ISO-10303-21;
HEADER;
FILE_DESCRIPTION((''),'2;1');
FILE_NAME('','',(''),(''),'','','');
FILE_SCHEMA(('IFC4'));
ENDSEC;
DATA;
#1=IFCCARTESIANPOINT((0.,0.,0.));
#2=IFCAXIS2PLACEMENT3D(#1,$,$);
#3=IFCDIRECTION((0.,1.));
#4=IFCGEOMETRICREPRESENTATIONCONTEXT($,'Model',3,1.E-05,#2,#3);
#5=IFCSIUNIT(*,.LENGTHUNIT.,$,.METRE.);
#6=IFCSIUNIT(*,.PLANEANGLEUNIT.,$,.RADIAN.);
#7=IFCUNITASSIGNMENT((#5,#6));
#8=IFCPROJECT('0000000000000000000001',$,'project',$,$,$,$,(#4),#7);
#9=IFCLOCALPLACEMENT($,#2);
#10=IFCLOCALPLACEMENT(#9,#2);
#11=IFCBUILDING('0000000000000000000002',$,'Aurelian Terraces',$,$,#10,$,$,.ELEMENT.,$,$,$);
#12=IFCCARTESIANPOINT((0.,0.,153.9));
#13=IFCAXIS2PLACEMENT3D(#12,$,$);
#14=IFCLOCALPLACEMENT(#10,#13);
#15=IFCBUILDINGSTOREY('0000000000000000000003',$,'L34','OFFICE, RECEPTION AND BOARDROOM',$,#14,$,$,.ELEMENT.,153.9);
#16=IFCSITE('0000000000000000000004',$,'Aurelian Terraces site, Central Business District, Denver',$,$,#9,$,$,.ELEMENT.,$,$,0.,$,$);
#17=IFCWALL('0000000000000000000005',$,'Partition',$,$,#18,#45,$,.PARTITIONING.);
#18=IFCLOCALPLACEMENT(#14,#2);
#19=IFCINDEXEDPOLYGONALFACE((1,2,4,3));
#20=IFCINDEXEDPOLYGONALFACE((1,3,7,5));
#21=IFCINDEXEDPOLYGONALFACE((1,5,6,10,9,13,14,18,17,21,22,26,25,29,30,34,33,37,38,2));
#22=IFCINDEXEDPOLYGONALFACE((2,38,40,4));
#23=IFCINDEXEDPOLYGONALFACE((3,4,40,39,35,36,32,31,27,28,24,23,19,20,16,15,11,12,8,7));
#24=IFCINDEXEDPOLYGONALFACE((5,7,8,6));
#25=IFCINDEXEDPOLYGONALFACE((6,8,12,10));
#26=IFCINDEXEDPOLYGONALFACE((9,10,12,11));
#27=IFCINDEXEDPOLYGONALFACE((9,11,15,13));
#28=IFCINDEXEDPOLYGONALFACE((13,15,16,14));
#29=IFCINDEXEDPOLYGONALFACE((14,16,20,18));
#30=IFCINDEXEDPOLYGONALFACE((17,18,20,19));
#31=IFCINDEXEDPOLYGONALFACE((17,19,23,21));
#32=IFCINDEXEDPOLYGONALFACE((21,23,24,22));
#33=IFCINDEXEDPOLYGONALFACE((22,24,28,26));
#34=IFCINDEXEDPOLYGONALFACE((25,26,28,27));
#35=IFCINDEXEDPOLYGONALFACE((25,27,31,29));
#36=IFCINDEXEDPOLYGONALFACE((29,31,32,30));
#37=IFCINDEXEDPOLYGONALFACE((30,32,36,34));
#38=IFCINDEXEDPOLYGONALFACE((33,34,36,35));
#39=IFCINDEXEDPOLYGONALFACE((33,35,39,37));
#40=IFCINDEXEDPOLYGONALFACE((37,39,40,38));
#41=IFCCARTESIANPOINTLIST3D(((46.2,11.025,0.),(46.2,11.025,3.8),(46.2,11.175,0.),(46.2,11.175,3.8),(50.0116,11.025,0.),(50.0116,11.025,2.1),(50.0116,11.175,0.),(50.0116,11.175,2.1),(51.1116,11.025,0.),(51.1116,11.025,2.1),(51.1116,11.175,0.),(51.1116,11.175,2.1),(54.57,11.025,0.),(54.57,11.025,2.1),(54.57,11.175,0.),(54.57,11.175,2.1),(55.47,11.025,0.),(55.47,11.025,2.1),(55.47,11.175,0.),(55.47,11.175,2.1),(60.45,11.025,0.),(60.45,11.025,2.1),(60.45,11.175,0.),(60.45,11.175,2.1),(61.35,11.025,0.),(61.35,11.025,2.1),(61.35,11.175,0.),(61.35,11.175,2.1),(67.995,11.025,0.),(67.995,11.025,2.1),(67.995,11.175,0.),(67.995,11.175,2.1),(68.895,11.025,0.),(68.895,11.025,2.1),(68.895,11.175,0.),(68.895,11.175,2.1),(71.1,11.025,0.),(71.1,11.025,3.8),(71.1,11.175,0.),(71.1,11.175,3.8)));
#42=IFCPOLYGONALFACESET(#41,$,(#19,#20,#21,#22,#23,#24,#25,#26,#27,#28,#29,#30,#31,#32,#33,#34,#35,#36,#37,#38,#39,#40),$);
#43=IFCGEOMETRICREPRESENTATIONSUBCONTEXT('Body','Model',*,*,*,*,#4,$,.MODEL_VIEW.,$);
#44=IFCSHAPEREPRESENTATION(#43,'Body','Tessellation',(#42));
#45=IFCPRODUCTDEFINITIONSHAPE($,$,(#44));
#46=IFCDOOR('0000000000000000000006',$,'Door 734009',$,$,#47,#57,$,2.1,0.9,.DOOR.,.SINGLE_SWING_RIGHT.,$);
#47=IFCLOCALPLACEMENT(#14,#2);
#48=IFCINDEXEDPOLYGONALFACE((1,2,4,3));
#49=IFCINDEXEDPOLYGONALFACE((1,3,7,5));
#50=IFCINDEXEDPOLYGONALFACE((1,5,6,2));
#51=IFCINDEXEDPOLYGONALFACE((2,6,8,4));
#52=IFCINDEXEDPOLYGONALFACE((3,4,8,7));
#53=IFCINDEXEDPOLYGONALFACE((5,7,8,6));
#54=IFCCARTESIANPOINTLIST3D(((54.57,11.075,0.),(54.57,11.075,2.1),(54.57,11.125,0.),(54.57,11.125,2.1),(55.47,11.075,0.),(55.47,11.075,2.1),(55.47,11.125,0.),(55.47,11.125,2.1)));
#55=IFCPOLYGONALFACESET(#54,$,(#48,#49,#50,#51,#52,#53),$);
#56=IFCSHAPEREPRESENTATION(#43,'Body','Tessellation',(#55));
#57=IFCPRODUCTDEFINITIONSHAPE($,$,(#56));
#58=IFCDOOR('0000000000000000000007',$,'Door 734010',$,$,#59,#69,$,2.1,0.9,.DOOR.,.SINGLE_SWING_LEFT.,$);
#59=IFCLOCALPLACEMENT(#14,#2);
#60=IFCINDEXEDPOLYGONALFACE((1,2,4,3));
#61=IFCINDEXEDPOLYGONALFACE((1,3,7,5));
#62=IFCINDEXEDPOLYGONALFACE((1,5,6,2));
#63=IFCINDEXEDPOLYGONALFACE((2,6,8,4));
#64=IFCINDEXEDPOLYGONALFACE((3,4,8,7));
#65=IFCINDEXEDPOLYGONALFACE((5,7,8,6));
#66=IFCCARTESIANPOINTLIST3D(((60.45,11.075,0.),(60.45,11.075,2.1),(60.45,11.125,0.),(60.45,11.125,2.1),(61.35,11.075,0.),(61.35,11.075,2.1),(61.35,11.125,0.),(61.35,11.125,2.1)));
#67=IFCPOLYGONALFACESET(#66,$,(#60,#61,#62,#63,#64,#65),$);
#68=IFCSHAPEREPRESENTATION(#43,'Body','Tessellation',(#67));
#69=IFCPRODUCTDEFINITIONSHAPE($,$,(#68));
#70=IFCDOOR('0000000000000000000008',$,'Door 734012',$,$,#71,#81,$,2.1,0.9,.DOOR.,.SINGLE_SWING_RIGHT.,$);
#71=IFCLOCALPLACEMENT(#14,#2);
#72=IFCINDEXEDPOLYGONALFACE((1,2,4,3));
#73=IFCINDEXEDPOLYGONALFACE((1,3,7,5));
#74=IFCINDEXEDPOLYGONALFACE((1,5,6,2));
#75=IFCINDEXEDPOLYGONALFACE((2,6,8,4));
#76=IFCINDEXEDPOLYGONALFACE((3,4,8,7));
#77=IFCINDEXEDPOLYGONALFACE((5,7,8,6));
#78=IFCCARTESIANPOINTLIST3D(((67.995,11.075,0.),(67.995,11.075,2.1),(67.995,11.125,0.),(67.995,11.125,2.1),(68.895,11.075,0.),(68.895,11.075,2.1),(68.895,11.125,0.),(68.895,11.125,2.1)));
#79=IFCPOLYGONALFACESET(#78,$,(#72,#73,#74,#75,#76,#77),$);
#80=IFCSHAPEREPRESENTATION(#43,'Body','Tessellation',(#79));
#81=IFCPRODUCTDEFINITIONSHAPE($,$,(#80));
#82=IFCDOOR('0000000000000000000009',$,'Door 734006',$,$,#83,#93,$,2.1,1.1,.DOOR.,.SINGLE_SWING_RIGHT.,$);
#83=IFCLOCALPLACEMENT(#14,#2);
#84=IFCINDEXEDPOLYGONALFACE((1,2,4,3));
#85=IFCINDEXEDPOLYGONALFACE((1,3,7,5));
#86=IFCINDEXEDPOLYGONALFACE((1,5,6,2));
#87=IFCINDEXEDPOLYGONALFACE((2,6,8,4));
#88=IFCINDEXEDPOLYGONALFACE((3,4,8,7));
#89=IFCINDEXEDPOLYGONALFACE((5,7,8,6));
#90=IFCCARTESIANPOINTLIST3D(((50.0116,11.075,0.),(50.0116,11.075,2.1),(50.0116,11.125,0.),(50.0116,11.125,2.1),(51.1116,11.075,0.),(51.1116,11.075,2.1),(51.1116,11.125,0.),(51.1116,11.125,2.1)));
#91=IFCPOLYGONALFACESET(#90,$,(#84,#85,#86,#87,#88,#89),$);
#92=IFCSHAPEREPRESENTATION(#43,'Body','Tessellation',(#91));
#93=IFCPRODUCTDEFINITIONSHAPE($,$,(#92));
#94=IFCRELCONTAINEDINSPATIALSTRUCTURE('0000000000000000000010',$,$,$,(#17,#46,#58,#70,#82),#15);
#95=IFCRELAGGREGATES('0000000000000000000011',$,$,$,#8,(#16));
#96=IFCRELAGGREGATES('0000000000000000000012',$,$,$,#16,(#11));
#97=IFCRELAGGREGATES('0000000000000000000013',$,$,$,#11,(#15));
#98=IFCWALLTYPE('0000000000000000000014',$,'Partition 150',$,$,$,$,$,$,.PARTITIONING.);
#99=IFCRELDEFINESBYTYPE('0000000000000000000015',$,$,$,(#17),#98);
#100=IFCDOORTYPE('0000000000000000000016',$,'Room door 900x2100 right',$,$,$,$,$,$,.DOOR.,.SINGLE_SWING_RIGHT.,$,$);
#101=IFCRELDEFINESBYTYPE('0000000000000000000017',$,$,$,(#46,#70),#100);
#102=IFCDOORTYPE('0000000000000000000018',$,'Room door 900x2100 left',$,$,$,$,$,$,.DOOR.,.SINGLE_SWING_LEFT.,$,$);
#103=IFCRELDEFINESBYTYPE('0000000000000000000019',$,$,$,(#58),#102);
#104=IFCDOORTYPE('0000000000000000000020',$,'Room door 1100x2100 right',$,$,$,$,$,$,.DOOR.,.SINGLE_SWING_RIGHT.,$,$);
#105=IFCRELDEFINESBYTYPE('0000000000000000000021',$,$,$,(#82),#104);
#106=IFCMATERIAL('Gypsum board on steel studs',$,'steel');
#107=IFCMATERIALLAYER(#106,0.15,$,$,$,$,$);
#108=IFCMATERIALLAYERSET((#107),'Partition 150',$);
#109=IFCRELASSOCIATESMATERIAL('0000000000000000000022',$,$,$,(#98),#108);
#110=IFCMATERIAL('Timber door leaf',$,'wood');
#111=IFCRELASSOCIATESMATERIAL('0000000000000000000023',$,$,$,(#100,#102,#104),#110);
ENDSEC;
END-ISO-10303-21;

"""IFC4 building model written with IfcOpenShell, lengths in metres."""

from ifc_helpers import new_model, si_unit, direction, frame, frame_2d, origin, place, context, subcontext, project, spatial, rectangle, extrude, source, transform, mapped, material, layer, layer_set, type_object, element, fill, save


model = new_model("IFC4")

# Units and contexts
model_context = context("Model", 3, precision=1e-05, world=origin(), true_north=direction((0.0, 1.0)))
body_context = subcontext(model_context, "Body", "Model", "MODEL_VIEW")
ifc_project = project(units=[si_unit("LENGTHUNIT", "METRE"), si_unit("PLANEANGLEUNIT", "RADIAN")], contexts=[model_context])

# Site, building, storey
site_placement = place(None, origin())
site = spatial("IfcSite", under=ifc_project, at=site_placement, Name="Aurelian Terraces site, Central Business District, Denver", CompositionType="ELEMENT", RefElevation=0.0)
building_placement = place(site_placement, origin())
building = spatial("IfcBuilding", under=site, at=building_placement, Name="Aurelian Terraces", CompositionType="ELEMENT")
storey_placement = place(building_placement, frame((0.0, 0.0, 153.9)))
storey = spatial("IfcBuildingStorey", under=building, at=storey_placement, Name="L34", Description="OFFICE, RECEPTION AND BOARDROOM", CompositionType="ELEMENT", Elevation=153.9)

# Shared definitions
ifc_material_1 = material(Name="Gypsum board on steel studs", Category="steel")
ifc_layer_1 = layer(ifc_material_1, 0.15)
ifc_layer_set_1 = layer_set([ifc_layer_1], Name="Partition 150")
wall_type_1 = type_object("IfcWallType", Name="Partition 150", PredefinedType="PARTITIONING", material=ifc_layer_set_1)

# Wall, openings, doors
shared_shape_1 = source(origin(), body_context, "Body", "SweptSolid", [
    extrude(rectangle(XDim=24.9, YDim=0.15, at=frame_2d((12.45, 0.0))), origin(), (0.0, 0.0, 1.0), 3.8),
])
wall_1_placement = place(storey_placement, frame((71.1, 11.1, 0.0), z_axis=(0.0, 0.0, 1.0), x_axis=(-1.0, 0.0, 0.0)))
wall_1 = element("IfcWall", 1, at=wall_1_placement, inside=storey, type_object=wall_type_1, Name="Partition", PredefinedType="PARTITIONING", context=body_context, shape_type="MappedRepresentation", body=[
    mapped(shared_shape_1, transform((0.0, 0.0, 0.0), scale=1.0)),
])
shared_shape_2 = source(origin(), body_context, "Body", "SweptSolid", [
    extrude(rectangle(XDim=1.1, YDim=2.1, at=frame_2d((0.55, 1.05))), frame((0.0, 0.085, 0.0), z_axis=(0.0, -1.0, 0.0), x_axis=(1.0, 0.0, 0.0)), (0.0, 0.0, 1.0), 0.17),
])
opening_1_placement = place(wall_1_placement, frame((19.9884, 0.0, 0.0)))
opening_1 = element("IfcOpeningElement", 2, at=opening_1_placement, cuts=wall_1, PredefinedType="OPENING", context=body_context, shape_type="MappedRepresentation", body=[
    mapped(shared_shape_2, transform((0.0, 0.0, 0.0), scale=1.0)),
])
shared_shape_3 = source(origin(), body_context, "Body", "SweptSolid", [
    extrude(rectangle(XDim=0.9, YDim=2.1, at=frame_2d((0.45, 1.05))), frame((0.0, 0.085, 0.0), z_axis=(0.0, -1.0, 0.0), x_axis=(1.0, 0.0, 0.0)), (0.0, 0.0, 1.0), 0.17),
])
opening_2_placement = place(wall_1_placement, frame((15.63, 0.0, 0.0)))
opening_2 = element("IfcOpeningElement", 3, at=opening_2_placement, cuts=wall_1, PredefinedType="OPENING", context=body_context, shape_type="MappedRepresentation", body=[
    mapped(shared_shape_3, transform((0.0, 0.0, 0.0), scale=1.0)),
])
opening_3_placement = place(wall_1_placement, frame((9.75, 0.0, 0.0)))
opening_3 = element("IfcOpeningElement", 4, at=opening_3_placement, cuts=wall_1, PredefinedType="OPENING", context=body_context, shape_type="MappedRepresentation", body=[
    mapped(shared_shape_3, transform((0.0, 0.0, 0.0), scale=1.0)),
])
opening_4_placement = place(wall_1_placement, frame((2.205, 0.0, 0.0)))
opening_4 = element("IfcOpeningElement", 5, at=opening_4_placement, cuts=wall_1, PredefinedType="OPENING", context=body_context, shape_type="MappedRepresentation", body=[
    mapped(shared_shape_3, transform((0.0, 0.0, 0.0), scale=1.0)),
])
ifc_material_2 = material(Name="Timber door leaf", Category="wood")
door_type_1 = type_object("IfcDoorType", Name="Room door 900x2100 right", OperationType="SINGLE_SWING_RIGHT", PredefinedType="DOOR", material=ifc_material_2)
shared_shape_4 = source(origin(), body_context, "Body", "SweptSolid", [
    extrude(rectangle(XDim=0.9, YDim=2.1, at=frame_2d((0.45, 1.05))), frame((0.0, 0.025, 0.0), z_axis=(0.0, -1.0, 0.0), x_axis=(1.0, 0.0, 0.0)), (0.0, 0.0, 1.0), 0.05),
])
door_1_placement = place(opening_2_placement, origin())
door_1 = element("IfcDoor", 6, at=door_1_placement, inside=storey, type_object=door_type_1, Name="Door 734009", OperationType="SINGLE_SWING_RIGHT", OverallHeight=2.1, OverallWidth=0.9, PredefinedType="DOOR", context=body_context, shape_type="MappedRepresentation", body=[
    mapped(shared_shape_4, transform((0.0, 0.0, 0.0), scale=1.0)),
])
fill(opening_2, door_1)
door_type_2 = type_object("IfcDoorType", Name="Room door 900x2100 left", OperationType="SINGLE_SWING_LEFT", PredefinedType="DOOR", material=ifc_material_2)
door_2_placement = place(opening_3_placement, origin())
door_2 = element("IfcDoor", 7, at=door_2_placement, inside=storey, type_object=door_type_2, Name="Door 734010", OperationType="SINGLE_SWING_LEFT", OverallHeight=2.1, OverallWidth=0.9, PredefinedType="DOOR", context=body_context, shape_type="MappedRepresentation", body=[
    mapped(shared_shape_4, transform((0.0, 0.0, 0.0), scale=1.0)),
])
fill(opening_3, door_2)
door_3_placement = place(opening_4_placement, origin())
door_3 = element("IfcDoor", 8, at=door_3_placement, inside=storey, type_object=door_type_1, Name="Door 734012", OperationType="SINGLE_SWING_RIGHT", OverallHeight=2.1, OverallWidth=0.9, PredefinedType="DOOR", context=body_context, shape_type="MappedRepresentation", body=[
    mapped(shared_shape_4, transform((0.0, 0.0, 0.0), scale=1.0)),
])
fill(opening_4, door_3)
door_type_3 = type_object("IfcDoorType", Name="Room door 1100x2100 right", OperationType="SINGLE_SWING_RIGHT", PredefinedType="DOOR", material=ifc_material_2)
shared_shape_5 = source(origin(), body_context, "Body", "SweptSolid", [
    extrude(rectangle(XDim=1.1, YDim=2.1, at=frame_2d((0.55, 1.05))), frame((0.0, 0.025, 0.0), z_axis=(0.0, -1.0, 0.0), x_axis=(1.0, 0.0, 0.0)), (0.0, 0.0, 1.0), 0.05),
])
door_4_placement = place(opening_1_placement, origin())
door_4 = element("IfcDoor", 9, at=door_4_placement, inside=storey, type_object=door_type_3, Name="Door 734006", OperationType="SINGLE_SWING_RIGHT", OverallHeight=2.1, OverallWidth=1.1, PredefinedType="DOOR", context=body_context, shape_type="MappedRepresentation", body=[
    mapped(shared_shape_5, transform((0.0, 0.0, 0.0), scale=1.0)),
])
fill(opening_1, door_4)

save(model, "model.ifc")
